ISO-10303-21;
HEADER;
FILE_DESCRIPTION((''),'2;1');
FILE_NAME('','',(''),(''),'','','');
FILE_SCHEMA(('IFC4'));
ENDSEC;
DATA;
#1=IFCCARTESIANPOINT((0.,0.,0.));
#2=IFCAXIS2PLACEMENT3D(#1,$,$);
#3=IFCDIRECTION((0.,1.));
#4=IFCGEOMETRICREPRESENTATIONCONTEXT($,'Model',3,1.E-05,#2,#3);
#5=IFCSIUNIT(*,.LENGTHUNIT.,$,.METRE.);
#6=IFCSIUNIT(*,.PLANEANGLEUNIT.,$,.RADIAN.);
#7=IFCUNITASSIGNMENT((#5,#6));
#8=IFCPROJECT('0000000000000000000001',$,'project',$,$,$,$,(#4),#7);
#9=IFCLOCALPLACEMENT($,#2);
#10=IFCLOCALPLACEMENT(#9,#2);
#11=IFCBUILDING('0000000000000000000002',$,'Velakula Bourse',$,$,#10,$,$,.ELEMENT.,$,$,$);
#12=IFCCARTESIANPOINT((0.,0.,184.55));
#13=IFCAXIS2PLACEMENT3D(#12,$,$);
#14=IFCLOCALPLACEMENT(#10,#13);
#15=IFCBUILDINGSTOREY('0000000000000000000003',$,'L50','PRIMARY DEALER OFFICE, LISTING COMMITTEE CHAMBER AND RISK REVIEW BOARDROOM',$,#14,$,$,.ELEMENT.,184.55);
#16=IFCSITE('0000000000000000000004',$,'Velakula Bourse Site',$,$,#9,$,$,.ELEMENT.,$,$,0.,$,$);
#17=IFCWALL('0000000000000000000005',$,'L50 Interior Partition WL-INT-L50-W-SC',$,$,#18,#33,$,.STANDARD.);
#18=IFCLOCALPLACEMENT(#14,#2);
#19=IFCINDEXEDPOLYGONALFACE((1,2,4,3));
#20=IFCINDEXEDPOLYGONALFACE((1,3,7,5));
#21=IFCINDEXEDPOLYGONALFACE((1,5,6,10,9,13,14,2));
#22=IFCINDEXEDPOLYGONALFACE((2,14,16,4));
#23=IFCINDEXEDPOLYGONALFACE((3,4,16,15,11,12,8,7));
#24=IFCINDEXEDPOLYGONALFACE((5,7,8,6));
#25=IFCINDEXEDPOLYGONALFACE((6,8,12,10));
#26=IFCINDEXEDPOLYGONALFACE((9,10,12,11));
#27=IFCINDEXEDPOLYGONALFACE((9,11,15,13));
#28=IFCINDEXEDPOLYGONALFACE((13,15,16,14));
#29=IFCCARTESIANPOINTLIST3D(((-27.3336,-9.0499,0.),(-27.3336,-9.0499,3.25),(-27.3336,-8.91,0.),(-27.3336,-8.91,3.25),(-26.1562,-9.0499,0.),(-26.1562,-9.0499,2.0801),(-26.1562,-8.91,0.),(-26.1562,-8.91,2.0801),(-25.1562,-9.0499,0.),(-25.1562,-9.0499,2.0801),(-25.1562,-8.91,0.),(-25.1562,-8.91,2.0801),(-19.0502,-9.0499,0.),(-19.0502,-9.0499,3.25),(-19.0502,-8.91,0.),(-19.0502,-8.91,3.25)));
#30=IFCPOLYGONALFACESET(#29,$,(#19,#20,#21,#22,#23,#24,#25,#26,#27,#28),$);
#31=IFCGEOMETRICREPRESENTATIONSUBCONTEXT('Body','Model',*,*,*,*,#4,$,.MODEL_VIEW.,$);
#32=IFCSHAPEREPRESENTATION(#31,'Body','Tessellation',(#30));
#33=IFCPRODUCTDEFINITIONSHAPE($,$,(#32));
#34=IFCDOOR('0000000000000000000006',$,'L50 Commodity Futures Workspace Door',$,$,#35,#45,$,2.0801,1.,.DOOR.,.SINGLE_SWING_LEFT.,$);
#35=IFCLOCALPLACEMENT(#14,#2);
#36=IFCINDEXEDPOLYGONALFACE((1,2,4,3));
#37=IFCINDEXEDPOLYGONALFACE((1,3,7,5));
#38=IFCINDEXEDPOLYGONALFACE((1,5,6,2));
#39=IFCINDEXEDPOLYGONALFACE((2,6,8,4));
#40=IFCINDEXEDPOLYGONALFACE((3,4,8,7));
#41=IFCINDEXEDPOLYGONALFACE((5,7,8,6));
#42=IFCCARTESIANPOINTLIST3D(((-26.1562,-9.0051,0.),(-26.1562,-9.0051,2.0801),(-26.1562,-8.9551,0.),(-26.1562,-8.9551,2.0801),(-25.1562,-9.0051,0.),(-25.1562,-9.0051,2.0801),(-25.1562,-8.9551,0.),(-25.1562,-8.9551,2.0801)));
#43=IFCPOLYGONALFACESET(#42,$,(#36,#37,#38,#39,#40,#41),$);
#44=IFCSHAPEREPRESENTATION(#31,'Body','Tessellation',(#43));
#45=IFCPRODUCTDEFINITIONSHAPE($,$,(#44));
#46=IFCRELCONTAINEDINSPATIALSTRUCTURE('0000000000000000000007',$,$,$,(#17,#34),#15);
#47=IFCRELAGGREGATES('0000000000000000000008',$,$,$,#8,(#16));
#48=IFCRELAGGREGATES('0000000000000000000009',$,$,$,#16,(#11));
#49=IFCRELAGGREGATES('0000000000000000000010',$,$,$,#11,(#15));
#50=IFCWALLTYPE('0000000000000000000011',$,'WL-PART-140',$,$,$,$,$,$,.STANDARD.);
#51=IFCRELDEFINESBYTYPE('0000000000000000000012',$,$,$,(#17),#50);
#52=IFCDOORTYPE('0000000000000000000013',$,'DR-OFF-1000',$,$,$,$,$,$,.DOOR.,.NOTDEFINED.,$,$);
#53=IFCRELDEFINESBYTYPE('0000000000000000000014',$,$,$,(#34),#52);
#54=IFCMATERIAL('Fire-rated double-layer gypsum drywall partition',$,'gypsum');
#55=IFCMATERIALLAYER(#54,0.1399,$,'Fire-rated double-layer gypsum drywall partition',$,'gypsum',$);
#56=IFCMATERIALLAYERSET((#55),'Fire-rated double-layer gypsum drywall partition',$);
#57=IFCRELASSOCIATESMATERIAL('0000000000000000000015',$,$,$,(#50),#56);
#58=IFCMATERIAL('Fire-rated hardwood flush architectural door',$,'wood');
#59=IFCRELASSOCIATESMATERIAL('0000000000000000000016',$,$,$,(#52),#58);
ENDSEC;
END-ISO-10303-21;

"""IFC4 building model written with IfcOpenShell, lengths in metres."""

from ifc_helpers import new_model, si_unit, direction, frame, frame_2d, origin, place, context, subcontext, project, spatial, rectangle, extrude, material, layer, layer_set, type_object, element, fill, save


model = new_model("IFC4")

# Units and contexts
model_context = context("Model", 3, precision=1e-05, world=origin(), true_north=direction((0.0, 1.0)))
body_context = subcontext(model_context, "Body", "Model", "MODEL_VIEW")
ifc_project = project(units=[si_unit("LENGTHUNIT", "METRE"), si_unit("PLANEANGLEUNIT", "RADIAN")], contexts=[model_context])

# Site, building, storey
site_placement = place(None, origin())
site = spatial("IfcSite", under=ifc_project, at=site_placement, Name="Velakula Bourse Site", CompositionType="ELEMENT", RefElevation=0.0)
building_placement = place(site_placement, origin())
building = spatial("IfcBuilding", under=site, at=building_placement, Name="Velakula Bourse", CompositionType="ELEMENT")
storey_placement = place(building_placement, frame((0.0, 0.0, 184.55)))
storey = spatial("IfcBuildingStorey", under=building, at=storey_placement, Name="L50", Description="PRIMARY DEALER OFFICE, LISTING COMMITTEE CHAMBER AND RISK REVIEW BOARDROOM", CompositionType="ELEMENT", Elevation=184.55)

# Shared definitions
ifc_material_1 = material(Name="Fire-rated double-layer gypsum drywall partition", Category="gypsum")
ifc_layer_1 = layer(ifc_material_1, 0.1399, Name="Fire-rated double-layer gypsum drywall partition", Category="gypsum")
ifc_layer_set_1 = layer_set([ifc_layer_1], Name="Fire-rated double-layer gypsum drywall partition")
wall_type_1 = type_object("IfcWallType", Name="WL-PART-140", PredefinedType="STANDARD", material=ifc_layer_set_1)
ifc_material_2 = material(Name="Fire-rated hardwood flush architectural door", Category="wood")
door_type_1 = type_object("IfcDoorType", Name="DR-OFF-1000", OperationType="NOTDEFINED", PredefinedType="DOOR", material=ifc_material_2)

# Wall, opening, door
wall_1_placement = place(storey_placement, frame((-27.3335, -8.98, 0.0), z_axis=(0.0, 0.0, 1.0), x_axis=(1.0, 0.0, 0.0)))
wall_1 = element("IfcWall", 1, at=wall_1_placement, inside=storey, type_object=wall_type_1, Name="L50 Interior Partition WL-INT-L50-W-SC", PredefinedType="STANDARD", context=body_context, shape_type="SweptSolid", body=[
    extrude(rectangle(XDim=8.2834, YDim=0.1399, at=frame_2d((4.1416, 0.0))), origin(), (0.0, 0.0, 1.0), 3.25),
])
opening_1_placement = place(wall_1_placement, frame((1.1772, 0.0, 0.0)))
opening_1 = element("IfcOpeningElement", 2, at=opening_1_placement, cuts=wall_1, PredefinedType="OPENING", context=body_context, shape_type="SweptSolid", body=[
    extrude(rectangle(XDim=1.0, YDim=2.0801, at=frame_2d((0.5, 1.04))), frame((0.0, 0.0798, 0.0), z_axis=(0.0, -1.0, 0.0), x_axis=(1.0, 0.0, 0.0)), (0.0, 0.0, 1.0), 0.1599),
])
door_1_placement = place(opening_1_placement, origin())
door_1 = element("IfcDoor", 3, at=door_1_placement, inside=storey, type_object=door_type_1, Name="L50 Commodity Futures Workspace Door", OperationType="SINGLE_SWING_LEFT", OverallHeight=2.0801, OverallWidth=1.0, PredefinedType="DOOR", context=body_context, shape_type="SweptSolid", body=[
    extrude(rectangle(XDim=1.0, YDim=2.0801, at=frame_2d((0.5, 1.04))), frame((0.0, 0.0249, 0.0), z_axis=(0.0, -1.0, 0.0), x_axis=(1.0, 0.0, 0.0)), (0.0, 0.0, 1.0), 0.05),
])
fill(opening_1, door_1)

save(model, "model.ifc")
